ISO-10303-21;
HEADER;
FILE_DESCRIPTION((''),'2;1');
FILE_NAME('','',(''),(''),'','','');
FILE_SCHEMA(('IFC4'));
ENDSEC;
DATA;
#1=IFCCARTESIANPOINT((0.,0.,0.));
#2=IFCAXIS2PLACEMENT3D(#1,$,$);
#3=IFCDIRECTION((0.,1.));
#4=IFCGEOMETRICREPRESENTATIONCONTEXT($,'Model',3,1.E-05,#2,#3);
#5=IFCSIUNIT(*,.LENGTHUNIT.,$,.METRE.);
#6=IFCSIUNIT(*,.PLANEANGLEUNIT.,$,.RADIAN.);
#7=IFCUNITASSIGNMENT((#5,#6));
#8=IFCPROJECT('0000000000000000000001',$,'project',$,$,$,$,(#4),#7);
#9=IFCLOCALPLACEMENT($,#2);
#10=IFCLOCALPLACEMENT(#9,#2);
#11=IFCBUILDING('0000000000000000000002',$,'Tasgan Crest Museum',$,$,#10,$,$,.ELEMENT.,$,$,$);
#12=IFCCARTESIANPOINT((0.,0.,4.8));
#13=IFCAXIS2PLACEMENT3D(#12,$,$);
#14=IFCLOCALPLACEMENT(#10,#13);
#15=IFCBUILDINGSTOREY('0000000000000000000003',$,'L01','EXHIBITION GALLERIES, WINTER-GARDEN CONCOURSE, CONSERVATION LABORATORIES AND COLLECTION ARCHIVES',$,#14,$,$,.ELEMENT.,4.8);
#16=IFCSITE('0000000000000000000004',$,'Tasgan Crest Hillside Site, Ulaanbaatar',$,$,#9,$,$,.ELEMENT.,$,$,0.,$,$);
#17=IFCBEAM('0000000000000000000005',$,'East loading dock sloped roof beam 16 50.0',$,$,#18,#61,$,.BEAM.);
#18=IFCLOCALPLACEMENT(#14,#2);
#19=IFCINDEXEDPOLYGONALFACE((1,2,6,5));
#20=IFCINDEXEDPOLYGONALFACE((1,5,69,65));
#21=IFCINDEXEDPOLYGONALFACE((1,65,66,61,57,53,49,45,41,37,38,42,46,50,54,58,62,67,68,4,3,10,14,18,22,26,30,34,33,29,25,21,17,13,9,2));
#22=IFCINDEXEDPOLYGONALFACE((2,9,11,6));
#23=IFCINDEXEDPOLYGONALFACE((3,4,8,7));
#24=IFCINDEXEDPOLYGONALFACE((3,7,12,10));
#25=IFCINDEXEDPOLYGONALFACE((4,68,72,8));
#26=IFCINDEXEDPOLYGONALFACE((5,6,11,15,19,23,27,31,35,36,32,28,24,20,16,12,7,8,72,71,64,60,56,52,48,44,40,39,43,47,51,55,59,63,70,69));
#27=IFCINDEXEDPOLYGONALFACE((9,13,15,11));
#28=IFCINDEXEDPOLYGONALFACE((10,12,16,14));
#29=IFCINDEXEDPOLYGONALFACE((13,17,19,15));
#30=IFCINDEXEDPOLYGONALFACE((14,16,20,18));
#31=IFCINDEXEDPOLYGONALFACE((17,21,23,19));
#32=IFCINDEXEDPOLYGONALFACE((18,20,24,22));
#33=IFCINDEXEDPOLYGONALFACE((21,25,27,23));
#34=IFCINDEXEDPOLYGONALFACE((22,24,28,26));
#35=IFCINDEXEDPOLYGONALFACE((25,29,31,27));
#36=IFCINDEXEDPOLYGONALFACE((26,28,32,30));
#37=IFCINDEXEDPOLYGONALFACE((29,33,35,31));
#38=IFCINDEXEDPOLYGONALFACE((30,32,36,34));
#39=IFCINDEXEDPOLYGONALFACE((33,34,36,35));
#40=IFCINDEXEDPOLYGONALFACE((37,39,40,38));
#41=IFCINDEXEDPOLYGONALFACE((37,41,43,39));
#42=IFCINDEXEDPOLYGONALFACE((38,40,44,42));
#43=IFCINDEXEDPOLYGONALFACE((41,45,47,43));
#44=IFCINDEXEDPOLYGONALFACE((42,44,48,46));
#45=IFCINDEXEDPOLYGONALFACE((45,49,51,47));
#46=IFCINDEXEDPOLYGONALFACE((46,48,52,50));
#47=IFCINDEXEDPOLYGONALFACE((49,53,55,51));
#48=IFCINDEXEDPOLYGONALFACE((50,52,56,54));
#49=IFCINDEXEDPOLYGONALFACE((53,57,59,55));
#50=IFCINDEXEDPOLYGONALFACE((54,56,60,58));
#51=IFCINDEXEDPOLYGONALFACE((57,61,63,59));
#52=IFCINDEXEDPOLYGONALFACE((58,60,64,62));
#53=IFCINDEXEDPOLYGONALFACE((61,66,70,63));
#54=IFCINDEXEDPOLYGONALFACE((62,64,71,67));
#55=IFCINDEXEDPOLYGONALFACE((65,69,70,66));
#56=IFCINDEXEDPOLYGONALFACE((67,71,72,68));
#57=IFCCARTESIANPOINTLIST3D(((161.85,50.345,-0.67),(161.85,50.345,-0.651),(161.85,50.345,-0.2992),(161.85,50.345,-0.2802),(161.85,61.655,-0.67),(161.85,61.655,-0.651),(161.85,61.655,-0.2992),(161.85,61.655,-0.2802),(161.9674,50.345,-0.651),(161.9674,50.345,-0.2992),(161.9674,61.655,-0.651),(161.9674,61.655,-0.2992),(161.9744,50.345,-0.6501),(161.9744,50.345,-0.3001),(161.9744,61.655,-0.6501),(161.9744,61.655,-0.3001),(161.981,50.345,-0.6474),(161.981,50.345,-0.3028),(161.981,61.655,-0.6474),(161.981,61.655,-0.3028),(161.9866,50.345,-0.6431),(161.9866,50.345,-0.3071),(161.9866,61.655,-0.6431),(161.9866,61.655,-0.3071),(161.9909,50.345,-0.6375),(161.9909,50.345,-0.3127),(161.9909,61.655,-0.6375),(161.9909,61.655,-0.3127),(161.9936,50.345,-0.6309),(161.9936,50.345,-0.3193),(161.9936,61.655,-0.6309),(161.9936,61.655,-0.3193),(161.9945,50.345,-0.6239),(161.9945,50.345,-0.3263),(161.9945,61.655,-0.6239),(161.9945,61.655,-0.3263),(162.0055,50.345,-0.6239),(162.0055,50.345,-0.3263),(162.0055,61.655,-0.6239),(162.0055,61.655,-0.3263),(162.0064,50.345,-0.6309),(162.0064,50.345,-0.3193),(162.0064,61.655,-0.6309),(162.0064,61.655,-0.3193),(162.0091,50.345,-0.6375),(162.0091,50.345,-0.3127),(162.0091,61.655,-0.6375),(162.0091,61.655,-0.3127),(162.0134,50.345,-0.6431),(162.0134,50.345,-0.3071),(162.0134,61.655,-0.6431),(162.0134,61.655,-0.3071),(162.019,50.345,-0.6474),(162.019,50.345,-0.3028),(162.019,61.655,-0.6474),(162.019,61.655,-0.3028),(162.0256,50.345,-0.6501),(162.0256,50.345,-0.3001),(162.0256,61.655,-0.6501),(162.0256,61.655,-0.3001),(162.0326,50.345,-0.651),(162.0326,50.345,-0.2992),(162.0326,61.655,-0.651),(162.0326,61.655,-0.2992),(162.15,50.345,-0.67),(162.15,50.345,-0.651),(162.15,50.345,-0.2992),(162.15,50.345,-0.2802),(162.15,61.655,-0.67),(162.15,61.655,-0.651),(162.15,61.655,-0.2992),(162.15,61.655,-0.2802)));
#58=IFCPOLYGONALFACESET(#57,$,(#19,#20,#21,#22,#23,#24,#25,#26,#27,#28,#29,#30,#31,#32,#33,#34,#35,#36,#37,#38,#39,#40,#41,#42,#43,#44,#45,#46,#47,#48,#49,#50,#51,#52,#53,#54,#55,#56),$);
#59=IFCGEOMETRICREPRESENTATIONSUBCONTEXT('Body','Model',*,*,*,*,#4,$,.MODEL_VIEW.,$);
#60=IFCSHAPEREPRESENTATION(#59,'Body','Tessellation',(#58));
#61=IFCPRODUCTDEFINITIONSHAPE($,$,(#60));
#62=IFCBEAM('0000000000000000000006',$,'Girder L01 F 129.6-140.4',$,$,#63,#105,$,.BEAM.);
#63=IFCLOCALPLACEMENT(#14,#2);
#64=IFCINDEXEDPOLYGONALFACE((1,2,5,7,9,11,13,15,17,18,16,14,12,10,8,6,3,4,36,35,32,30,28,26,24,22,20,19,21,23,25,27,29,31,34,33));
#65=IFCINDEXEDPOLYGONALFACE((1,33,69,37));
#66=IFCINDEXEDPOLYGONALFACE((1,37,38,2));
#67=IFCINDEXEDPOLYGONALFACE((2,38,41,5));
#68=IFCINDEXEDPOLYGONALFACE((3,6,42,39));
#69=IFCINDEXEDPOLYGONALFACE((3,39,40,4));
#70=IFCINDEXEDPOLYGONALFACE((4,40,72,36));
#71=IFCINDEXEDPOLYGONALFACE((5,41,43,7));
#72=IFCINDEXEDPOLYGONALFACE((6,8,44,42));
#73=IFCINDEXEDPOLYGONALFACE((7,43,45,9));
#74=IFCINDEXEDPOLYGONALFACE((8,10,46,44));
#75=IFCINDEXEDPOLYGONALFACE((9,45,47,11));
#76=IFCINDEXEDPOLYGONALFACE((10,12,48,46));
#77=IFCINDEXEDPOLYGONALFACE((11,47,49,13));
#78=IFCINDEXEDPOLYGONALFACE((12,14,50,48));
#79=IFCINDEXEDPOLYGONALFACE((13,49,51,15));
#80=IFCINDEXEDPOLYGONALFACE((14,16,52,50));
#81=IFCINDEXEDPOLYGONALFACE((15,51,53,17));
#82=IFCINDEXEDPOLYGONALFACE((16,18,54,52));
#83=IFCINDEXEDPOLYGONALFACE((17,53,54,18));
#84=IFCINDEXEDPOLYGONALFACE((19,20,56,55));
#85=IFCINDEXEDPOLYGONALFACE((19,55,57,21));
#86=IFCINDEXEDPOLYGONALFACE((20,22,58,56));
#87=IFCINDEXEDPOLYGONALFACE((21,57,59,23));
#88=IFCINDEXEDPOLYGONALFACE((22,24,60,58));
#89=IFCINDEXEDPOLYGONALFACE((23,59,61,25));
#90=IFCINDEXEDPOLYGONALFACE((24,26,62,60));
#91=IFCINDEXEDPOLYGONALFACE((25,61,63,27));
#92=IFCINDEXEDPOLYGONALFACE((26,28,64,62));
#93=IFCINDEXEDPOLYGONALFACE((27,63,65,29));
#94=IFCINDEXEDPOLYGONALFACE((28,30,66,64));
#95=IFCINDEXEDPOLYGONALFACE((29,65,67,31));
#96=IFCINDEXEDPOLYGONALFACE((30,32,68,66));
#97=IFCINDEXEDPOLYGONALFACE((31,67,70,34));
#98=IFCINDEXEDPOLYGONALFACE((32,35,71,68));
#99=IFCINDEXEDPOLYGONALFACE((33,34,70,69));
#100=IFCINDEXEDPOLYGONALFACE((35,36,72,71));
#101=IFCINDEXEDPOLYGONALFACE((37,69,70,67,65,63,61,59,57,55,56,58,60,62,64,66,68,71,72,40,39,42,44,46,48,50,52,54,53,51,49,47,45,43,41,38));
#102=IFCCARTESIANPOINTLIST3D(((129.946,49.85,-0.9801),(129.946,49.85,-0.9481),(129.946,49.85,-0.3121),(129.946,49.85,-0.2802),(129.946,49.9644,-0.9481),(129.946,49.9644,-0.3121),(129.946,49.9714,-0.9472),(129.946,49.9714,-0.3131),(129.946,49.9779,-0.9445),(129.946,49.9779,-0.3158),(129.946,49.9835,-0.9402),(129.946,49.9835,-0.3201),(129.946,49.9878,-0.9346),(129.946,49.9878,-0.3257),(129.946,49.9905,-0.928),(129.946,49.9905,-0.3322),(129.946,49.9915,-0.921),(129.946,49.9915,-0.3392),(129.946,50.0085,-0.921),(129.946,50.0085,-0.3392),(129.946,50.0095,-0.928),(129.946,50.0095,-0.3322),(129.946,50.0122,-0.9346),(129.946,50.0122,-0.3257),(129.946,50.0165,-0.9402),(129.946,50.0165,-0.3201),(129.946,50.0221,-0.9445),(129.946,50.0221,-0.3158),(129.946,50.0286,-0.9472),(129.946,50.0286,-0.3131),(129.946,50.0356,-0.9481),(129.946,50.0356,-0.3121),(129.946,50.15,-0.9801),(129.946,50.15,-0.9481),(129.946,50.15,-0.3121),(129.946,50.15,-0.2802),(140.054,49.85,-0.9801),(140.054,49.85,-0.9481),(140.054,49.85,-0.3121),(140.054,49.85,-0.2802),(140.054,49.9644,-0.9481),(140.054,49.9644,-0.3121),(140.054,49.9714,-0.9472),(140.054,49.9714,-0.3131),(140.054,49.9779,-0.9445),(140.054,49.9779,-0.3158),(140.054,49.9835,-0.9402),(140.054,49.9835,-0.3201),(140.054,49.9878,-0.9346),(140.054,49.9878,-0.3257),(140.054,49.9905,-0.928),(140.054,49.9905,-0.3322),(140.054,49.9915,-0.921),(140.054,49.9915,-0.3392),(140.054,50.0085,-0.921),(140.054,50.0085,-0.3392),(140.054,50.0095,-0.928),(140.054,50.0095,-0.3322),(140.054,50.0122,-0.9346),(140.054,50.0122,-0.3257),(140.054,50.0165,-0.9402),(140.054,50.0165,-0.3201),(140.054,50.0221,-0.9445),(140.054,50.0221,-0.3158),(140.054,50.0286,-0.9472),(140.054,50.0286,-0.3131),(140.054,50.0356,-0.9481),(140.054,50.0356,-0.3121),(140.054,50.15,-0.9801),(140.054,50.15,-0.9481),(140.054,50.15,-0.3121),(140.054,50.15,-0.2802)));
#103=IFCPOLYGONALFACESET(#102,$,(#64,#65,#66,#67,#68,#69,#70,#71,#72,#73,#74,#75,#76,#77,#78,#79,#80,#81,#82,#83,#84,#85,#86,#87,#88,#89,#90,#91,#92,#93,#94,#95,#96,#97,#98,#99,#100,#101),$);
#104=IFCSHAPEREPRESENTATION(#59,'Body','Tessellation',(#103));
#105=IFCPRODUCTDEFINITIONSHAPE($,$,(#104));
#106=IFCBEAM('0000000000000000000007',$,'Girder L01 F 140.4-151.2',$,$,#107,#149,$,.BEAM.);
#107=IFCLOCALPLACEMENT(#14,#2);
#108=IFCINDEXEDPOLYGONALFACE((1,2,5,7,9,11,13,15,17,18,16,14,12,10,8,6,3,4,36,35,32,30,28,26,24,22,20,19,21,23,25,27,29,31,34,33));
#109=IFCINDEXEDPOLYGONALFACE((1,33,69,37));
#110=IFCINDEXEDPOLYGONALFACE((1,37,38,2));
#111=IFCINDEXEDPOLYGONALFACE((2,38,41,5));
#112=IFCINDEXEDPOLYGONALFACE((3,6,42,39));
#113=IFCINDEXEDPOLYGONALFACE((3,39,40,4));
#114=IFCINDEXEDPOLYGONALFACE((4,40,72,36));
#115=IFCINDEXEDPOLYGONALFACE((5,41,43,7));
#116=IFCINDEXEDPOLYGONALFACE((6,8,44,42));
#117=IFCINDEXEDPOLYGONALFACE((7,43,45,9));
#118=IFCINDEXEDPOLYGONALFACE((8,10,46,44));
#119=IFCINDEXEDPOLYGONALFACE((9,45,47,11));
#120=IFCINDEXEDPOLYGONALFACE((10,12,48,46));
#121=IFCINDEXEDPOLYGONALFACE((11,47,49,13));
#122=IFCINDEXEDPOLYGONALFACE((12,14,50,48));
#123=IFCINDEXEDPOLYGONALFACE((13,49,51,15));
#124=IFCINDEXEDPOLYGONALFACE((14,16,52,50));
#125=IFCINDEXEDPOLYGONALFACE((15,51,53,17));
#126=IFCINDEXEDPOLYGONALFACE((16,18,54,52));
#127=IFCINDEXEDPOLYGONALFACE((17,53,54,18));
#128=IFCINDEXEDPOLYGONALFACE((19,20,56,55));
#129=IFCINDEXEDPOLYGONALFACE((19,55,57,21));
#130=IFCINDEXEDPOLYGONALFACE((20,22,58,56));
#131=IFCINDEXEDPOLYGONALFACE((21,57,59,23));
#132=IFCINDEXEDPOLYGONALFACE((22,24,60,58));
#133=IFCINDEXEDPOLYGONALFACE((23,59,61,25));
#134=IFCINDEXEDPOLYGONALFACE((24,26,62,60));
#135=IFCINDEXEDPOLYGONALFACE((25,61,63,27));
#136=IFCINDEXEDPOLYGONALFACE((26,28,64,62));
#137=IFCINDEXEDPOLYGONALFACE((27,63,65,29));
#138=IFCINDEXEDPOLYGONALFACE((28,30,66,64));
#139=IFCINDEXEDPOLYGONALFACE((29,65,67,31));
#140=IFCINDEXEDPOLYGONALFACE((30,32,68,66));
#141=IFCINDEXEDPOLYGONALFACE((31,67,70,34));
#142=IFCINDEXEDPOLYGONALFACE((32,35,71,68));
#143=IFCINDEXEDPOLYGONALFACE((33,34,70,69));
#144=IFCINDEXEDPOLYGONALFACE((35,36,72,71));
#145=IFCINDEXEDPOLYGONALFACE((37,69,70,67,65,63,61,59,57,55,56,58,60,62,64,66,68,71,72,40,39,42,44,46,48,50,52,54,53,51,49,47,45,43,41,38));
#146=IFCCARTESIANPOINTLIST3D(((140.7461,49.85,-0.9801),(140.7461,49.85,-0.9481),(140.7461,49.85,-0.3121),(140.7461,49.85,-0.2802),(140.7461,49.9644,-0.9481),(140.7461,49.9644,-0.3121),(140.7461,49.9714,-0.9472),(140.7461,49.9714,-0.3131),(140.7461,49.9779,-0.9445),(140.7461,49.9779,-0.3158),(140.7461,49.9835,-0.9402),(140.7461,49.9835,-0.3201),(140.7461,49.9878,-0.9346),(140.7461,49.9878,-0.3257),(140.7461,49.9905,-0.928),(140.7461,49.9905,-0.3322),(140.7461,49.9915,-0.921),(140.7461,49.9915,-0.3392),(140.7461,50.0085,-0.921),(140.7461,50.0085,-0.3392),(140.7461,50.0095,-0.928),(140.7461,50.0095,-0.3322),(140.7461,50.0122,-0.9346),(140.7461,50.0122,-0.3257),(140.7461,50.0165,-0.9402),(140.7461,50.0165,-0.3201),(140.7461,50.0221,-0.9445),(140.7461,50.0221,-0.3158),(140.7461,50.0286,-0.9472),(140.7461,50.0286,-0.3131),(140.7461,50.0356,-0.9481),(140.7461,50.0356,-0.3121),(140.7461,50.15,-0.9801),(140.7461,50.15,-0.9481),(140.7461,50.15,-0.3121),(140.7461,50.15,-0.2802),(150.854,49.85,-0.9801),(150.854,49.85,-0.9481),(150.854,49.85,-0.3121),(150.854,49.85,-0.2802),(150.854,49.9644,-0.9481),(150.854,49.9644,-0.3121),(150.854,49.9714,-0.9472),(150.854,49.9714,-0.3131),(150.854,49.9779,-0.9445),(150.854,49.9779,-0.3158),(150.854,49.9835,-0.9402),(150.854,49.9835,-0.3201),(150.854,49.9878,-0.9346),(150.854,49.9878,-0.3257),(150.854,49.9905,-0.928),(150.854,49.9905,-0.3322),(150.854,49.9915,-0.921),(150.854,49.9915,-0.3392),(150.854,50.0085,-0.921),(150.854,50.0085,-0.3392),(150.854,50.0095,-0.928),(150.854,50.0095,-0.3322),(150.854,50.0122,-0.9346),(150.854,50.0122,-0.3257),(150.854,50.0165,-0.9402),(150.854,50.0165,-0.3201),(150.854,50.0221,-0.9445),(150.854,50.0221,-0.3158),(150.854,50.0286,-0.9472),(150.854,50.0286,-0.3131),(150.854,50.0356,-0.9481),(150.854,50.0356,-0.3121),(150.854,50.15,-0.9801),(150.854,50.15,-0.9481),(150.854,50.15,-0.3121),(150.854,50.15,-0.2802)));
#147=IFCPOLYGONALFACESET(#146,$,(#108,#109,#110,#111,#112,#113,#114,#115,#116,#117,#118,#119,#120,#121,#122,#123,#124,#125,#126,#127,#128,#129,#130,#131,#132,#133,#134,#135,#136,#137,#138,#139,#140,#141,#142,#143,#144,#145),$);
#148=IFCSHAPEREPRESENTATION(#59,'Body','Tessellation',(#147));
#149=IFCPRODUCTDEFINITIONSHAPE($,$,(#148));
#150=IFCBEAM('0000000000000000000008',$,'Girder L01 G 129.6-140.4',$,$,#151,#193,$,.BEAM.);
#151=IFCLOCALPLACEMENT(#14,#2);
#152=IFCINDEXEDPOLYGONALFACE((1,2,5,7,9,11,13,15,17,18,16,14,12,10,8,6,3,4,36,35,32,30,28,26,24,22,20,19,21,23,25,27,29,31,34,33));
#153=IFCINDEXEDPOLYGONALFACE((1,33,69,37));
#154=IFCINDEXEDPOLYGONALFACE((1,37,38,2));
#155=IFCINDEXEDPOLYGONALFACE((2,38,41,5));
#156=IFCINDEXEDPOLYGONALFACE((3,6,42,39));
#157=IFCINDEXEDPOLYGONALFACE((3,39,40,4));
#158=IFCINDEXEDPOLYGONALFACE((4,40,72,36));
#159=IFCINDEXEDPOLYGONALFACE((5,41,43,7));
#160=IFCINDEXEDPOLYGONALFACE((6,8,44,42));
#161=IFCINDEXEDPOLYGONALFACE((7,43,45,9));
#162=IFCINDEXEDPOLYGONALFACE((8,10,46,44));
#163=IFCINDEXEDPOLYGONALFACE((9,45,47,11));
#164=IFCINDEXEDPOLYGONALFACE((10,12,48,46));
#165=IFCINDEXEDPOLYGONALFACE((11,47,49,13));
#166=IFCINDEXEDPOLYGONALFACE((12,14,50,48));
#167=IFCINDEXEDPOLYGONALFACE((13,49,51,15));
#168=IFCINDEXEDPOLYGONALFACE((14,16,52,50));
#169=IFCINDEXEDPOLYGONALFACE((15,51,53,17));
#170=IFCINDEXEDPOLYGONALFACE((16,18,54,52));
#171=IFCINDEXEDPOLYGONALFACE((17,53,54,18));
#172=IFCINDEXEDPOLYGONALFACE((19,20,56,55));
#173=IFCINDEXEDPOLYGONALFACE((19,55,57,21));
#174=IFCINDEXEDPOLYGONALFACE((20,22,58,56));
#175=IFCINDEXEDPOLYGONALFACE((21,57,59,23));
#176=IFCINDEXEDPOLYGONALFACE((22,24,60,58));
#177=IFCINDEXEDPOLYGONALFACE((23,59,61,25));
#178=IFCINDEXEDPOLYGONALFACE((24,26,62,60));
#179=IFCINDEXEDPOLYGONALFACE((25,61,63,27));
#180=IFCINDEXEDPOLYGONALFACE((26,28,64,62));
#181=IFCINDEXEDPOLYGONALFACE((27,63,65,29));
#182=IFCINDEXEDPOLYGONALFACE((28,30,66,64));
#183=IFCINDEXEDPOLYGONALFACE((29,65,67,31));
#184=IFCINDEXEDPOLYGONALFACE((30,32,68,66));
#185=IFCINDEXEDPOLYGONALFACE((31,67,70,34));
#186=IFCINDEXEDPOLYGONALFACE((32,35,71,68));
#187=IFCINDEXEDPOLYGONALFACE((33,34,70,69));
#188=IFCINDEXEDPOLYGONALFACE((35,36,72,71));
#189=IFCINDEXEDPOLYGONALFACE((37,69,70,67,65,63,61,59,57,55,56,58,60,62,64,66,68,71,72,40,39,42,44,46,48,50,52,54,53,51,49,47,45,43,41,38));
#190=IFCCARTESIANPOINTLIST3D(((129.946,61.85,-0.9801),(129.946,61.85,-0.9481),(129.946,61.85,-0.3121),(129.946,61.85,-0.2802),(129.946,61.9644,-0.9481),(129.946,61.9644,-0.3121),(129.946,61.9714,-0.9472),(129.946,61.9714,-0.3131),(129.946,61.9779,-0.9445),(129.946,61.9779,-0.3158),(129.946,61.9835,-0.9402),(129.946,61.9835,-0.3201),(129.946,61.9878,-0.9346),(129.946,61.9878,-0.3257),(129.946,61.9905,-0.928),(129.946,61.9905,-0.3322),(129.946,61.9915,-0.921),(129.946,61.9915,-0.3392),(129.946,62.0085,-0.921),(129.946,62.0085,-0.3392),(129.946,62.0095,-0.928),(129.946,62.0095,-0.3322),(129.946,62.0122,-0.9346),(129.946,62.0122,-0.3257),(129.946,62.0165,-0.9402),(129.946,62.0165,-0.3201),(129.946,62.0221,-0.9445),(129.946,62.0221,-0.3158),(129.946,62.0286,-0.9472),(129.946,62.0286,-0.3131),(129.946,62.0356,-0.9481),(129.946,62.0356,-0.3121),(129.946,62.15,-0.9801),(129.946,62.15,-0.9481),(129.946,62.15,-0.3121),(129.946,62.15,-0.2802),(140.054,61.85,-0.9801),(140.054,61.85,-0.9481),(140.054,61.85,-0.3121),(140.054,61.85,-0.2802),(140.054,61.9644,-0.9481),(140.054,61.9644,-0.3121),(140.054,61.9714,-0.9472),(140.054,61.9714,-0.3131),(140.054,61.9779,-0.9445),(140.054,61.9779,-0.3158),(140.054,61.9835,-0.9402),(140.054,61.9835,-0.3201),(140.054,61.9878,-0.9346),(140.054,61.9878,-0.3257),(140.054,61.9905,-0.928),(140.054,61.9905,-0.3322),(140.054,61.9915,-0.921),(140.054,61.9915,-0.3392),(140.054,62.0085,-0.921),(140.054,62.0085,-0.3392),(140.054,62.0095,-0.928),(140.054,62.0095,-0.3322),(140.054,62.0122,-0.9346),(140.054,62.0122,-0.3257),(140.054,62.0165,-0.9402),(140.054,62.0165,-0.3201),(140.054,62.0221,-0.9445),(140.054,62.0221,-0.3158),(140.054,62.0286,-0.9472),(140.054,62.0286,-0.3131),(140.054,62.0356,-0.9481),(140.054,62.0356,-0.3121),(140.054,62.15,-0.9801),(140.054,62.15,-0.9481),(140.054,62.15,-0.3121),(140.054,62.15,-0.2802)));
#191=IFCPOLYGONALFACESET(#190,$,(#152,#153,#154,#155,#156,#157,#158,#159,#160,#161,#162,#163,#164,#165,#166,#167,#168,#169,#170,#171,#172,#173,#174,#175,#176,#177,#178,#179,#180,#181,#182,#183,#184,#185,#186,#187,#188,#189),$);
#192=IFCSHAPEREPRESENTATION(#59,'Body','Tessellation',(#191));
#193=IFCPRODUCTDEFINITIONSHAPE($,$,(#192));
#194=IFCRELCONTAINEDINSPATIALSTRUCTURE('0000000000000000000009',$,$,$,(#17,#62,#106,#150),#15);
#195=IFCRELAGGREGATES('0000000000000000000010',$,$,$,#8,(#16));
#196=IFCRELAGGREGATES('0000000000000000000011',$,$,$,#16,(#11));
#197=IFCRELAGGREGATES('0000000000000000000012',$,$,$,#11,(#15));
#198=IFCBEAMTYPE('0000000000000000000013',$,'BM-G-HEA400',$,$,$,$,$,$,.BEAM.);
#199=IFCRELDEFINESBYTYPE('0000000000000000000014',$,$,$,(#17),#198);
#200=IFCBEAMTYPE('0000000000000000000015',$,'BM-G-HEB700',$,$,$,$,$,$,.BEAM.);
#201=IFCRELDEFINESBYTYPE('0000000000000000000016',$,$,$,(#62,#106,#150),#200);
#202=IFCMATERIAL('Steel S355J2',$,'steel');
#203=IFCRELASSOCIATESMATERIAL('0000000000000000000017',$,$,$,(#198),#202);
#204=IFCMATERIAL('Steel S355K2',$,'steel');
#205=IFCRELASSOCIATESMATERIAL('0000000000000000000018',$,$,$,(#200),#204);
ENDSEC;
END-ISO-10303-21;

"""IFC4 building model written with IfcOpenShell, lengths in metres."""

from ifc_helpers import new_model, si_unit, direction, frame, origin, origin_2d, place, context, subcontext, project, spatial, i_section, extrude, material, material_profile, profile_set, type_object, element, save


model = new_model("IFC4")

# Units and contexts
model_context = context("Model", 3, precision=1e-05, world=origin(), true_north=direction((0.0, 1.0)))
body_context = subcontext(model_context, "Body", "Model", "MODEL_VIEW")
ifc_project = project(units=[si_unit("LENGTHUNIT", "METRE"), si_unit("PLANEANGLEUNIT", "RADIAN")], contexts=[model_context])

# Site, building, storey
site_placement = place(None, origin())
site = spatial("IfcSite", under=ifc_project, at=site_placement, Name="Tasgan Crest Hillside Site, Ulaanbaatar", CompositionType="ELEMENT", RefElevation=0.0)
building_placement = place(site_placement, origin())
building = spatial("IfcBuilding", under=site, at=building_placement, Name="Tasgan Crest Museum", CompositionType="ELEMENT")
storey_placement = place(building_placement, frame((0.0, 0.0, 4.8)))
storey = spatial("IfcBuildingStorey", under=building, at=storey_placement, Name="L01", Description="EXHIBITION GALLERIES, WINTER-GARDEN CONCOURSE, CONSERVATION LABORATORIES AND COLLECTION ARCHIVES", CompositionType="ELEMENT", Elevation=4.8)

# Beams
ifc_material_1 = material(Name="Steel S355J2", Category="steel")
ifc_material_profile_1 = material_profile(ifc_material_1, i_section(OverallWidth=0.3, OverallDepth=0.3899, WebThickness=0.011, FlangeThickness=0.019, FilletRadius=0.0271, at=origin_2d()), Name="HEA 400")
ifc_profile_set_1 = profile_set([ifc_material_profile_1], Name="Steel S355J2")
beam_type_1 = type_object("IfcBeamType", Name="BM-G-HEA400", PredefinedType="BEAM", material=ifc_profile_set_1)
beam_placement = place(storey_placement, frame((162.0, 50.345, -0.4751), z_axis=(0.0, 1.0, 0.0), x_axis=(-1.0, 0.0, 0.0)))
element("IfcBeam", 1, at=beam_placement, inside=storey, type_object=beam_type_1, Name="East loading dock sloped roof beam 16 50.0", PredefinedType="BEAM", context=body_context, shape_type="SweptSolid", body=[
    extrude(i_section(OverallWidth=0.3, OverallDepth=0.3899, WebThickness=0.011, FlangeThickness=0.019, FilletRadius=0.0271, at=origin_2d()), origin(), (0.0, 0.0, 1.0), 11.3101),
])
ifc_material_2 = material(Name="Steel S355K2", Category="steel")
ifc_material_profile_2 = material_profile(ifc_material_2, i_section(OverallWidth=0.3, OverallDepth=0.7, WebThickness=0.0171, FlangeThickness=0.032, FilletRadius=0.0271, at=origin_2d()), Name="HEB 700")
ifc_profile_set_2 = profile_set([ifc_material_profile_2], Name="Steel S355K2")
beam_type_2 = type_object("IfcBeamType", Name="BM-G-HEB700", PredefinedType="BEAM", material=ifc_profile_set_2)
for number, where, z_axis, x_axis, name in (
    (2, (129.946, 50.0, -0.6301), (1.0, 0.0, 0.0), (0.0, 1.0, 0.0), "Girder L01 F 129.6-140.4"),
    (3, (140.7461, 50.0, -0.6301), (1.0, 0.0, 0.0), (0.0, 1.0, 0.0), "Girder L01 F 140.4-151.2"),
    (4, (129.946, 62.0, -0.6301), (1.0, 0.0, 0.0), (0.0, 1.0, 0.0), "Girder L01 G 129.6-140.4"),
):
    element("IfcBeam", number, at=place(storey_placement, frame(where, z_axis=z_axis, x_axis=x_axis)), inside=storey, type_object=beam_type_2, Name=name, PredefinedType="BEAM", context=body_context, shape_type="SweptSolid", body=[
        extrude(i_section(OverallWidth=0.3, OverallDepth=0.7, WebThickness=0.0171, FlangeThickness=0.032, FilletRadius=0.0271, at=origin_2d()), origin(), (0.0, 0.0, 1.0), 10.1079),
    ])

save(model, "model.ifc")
